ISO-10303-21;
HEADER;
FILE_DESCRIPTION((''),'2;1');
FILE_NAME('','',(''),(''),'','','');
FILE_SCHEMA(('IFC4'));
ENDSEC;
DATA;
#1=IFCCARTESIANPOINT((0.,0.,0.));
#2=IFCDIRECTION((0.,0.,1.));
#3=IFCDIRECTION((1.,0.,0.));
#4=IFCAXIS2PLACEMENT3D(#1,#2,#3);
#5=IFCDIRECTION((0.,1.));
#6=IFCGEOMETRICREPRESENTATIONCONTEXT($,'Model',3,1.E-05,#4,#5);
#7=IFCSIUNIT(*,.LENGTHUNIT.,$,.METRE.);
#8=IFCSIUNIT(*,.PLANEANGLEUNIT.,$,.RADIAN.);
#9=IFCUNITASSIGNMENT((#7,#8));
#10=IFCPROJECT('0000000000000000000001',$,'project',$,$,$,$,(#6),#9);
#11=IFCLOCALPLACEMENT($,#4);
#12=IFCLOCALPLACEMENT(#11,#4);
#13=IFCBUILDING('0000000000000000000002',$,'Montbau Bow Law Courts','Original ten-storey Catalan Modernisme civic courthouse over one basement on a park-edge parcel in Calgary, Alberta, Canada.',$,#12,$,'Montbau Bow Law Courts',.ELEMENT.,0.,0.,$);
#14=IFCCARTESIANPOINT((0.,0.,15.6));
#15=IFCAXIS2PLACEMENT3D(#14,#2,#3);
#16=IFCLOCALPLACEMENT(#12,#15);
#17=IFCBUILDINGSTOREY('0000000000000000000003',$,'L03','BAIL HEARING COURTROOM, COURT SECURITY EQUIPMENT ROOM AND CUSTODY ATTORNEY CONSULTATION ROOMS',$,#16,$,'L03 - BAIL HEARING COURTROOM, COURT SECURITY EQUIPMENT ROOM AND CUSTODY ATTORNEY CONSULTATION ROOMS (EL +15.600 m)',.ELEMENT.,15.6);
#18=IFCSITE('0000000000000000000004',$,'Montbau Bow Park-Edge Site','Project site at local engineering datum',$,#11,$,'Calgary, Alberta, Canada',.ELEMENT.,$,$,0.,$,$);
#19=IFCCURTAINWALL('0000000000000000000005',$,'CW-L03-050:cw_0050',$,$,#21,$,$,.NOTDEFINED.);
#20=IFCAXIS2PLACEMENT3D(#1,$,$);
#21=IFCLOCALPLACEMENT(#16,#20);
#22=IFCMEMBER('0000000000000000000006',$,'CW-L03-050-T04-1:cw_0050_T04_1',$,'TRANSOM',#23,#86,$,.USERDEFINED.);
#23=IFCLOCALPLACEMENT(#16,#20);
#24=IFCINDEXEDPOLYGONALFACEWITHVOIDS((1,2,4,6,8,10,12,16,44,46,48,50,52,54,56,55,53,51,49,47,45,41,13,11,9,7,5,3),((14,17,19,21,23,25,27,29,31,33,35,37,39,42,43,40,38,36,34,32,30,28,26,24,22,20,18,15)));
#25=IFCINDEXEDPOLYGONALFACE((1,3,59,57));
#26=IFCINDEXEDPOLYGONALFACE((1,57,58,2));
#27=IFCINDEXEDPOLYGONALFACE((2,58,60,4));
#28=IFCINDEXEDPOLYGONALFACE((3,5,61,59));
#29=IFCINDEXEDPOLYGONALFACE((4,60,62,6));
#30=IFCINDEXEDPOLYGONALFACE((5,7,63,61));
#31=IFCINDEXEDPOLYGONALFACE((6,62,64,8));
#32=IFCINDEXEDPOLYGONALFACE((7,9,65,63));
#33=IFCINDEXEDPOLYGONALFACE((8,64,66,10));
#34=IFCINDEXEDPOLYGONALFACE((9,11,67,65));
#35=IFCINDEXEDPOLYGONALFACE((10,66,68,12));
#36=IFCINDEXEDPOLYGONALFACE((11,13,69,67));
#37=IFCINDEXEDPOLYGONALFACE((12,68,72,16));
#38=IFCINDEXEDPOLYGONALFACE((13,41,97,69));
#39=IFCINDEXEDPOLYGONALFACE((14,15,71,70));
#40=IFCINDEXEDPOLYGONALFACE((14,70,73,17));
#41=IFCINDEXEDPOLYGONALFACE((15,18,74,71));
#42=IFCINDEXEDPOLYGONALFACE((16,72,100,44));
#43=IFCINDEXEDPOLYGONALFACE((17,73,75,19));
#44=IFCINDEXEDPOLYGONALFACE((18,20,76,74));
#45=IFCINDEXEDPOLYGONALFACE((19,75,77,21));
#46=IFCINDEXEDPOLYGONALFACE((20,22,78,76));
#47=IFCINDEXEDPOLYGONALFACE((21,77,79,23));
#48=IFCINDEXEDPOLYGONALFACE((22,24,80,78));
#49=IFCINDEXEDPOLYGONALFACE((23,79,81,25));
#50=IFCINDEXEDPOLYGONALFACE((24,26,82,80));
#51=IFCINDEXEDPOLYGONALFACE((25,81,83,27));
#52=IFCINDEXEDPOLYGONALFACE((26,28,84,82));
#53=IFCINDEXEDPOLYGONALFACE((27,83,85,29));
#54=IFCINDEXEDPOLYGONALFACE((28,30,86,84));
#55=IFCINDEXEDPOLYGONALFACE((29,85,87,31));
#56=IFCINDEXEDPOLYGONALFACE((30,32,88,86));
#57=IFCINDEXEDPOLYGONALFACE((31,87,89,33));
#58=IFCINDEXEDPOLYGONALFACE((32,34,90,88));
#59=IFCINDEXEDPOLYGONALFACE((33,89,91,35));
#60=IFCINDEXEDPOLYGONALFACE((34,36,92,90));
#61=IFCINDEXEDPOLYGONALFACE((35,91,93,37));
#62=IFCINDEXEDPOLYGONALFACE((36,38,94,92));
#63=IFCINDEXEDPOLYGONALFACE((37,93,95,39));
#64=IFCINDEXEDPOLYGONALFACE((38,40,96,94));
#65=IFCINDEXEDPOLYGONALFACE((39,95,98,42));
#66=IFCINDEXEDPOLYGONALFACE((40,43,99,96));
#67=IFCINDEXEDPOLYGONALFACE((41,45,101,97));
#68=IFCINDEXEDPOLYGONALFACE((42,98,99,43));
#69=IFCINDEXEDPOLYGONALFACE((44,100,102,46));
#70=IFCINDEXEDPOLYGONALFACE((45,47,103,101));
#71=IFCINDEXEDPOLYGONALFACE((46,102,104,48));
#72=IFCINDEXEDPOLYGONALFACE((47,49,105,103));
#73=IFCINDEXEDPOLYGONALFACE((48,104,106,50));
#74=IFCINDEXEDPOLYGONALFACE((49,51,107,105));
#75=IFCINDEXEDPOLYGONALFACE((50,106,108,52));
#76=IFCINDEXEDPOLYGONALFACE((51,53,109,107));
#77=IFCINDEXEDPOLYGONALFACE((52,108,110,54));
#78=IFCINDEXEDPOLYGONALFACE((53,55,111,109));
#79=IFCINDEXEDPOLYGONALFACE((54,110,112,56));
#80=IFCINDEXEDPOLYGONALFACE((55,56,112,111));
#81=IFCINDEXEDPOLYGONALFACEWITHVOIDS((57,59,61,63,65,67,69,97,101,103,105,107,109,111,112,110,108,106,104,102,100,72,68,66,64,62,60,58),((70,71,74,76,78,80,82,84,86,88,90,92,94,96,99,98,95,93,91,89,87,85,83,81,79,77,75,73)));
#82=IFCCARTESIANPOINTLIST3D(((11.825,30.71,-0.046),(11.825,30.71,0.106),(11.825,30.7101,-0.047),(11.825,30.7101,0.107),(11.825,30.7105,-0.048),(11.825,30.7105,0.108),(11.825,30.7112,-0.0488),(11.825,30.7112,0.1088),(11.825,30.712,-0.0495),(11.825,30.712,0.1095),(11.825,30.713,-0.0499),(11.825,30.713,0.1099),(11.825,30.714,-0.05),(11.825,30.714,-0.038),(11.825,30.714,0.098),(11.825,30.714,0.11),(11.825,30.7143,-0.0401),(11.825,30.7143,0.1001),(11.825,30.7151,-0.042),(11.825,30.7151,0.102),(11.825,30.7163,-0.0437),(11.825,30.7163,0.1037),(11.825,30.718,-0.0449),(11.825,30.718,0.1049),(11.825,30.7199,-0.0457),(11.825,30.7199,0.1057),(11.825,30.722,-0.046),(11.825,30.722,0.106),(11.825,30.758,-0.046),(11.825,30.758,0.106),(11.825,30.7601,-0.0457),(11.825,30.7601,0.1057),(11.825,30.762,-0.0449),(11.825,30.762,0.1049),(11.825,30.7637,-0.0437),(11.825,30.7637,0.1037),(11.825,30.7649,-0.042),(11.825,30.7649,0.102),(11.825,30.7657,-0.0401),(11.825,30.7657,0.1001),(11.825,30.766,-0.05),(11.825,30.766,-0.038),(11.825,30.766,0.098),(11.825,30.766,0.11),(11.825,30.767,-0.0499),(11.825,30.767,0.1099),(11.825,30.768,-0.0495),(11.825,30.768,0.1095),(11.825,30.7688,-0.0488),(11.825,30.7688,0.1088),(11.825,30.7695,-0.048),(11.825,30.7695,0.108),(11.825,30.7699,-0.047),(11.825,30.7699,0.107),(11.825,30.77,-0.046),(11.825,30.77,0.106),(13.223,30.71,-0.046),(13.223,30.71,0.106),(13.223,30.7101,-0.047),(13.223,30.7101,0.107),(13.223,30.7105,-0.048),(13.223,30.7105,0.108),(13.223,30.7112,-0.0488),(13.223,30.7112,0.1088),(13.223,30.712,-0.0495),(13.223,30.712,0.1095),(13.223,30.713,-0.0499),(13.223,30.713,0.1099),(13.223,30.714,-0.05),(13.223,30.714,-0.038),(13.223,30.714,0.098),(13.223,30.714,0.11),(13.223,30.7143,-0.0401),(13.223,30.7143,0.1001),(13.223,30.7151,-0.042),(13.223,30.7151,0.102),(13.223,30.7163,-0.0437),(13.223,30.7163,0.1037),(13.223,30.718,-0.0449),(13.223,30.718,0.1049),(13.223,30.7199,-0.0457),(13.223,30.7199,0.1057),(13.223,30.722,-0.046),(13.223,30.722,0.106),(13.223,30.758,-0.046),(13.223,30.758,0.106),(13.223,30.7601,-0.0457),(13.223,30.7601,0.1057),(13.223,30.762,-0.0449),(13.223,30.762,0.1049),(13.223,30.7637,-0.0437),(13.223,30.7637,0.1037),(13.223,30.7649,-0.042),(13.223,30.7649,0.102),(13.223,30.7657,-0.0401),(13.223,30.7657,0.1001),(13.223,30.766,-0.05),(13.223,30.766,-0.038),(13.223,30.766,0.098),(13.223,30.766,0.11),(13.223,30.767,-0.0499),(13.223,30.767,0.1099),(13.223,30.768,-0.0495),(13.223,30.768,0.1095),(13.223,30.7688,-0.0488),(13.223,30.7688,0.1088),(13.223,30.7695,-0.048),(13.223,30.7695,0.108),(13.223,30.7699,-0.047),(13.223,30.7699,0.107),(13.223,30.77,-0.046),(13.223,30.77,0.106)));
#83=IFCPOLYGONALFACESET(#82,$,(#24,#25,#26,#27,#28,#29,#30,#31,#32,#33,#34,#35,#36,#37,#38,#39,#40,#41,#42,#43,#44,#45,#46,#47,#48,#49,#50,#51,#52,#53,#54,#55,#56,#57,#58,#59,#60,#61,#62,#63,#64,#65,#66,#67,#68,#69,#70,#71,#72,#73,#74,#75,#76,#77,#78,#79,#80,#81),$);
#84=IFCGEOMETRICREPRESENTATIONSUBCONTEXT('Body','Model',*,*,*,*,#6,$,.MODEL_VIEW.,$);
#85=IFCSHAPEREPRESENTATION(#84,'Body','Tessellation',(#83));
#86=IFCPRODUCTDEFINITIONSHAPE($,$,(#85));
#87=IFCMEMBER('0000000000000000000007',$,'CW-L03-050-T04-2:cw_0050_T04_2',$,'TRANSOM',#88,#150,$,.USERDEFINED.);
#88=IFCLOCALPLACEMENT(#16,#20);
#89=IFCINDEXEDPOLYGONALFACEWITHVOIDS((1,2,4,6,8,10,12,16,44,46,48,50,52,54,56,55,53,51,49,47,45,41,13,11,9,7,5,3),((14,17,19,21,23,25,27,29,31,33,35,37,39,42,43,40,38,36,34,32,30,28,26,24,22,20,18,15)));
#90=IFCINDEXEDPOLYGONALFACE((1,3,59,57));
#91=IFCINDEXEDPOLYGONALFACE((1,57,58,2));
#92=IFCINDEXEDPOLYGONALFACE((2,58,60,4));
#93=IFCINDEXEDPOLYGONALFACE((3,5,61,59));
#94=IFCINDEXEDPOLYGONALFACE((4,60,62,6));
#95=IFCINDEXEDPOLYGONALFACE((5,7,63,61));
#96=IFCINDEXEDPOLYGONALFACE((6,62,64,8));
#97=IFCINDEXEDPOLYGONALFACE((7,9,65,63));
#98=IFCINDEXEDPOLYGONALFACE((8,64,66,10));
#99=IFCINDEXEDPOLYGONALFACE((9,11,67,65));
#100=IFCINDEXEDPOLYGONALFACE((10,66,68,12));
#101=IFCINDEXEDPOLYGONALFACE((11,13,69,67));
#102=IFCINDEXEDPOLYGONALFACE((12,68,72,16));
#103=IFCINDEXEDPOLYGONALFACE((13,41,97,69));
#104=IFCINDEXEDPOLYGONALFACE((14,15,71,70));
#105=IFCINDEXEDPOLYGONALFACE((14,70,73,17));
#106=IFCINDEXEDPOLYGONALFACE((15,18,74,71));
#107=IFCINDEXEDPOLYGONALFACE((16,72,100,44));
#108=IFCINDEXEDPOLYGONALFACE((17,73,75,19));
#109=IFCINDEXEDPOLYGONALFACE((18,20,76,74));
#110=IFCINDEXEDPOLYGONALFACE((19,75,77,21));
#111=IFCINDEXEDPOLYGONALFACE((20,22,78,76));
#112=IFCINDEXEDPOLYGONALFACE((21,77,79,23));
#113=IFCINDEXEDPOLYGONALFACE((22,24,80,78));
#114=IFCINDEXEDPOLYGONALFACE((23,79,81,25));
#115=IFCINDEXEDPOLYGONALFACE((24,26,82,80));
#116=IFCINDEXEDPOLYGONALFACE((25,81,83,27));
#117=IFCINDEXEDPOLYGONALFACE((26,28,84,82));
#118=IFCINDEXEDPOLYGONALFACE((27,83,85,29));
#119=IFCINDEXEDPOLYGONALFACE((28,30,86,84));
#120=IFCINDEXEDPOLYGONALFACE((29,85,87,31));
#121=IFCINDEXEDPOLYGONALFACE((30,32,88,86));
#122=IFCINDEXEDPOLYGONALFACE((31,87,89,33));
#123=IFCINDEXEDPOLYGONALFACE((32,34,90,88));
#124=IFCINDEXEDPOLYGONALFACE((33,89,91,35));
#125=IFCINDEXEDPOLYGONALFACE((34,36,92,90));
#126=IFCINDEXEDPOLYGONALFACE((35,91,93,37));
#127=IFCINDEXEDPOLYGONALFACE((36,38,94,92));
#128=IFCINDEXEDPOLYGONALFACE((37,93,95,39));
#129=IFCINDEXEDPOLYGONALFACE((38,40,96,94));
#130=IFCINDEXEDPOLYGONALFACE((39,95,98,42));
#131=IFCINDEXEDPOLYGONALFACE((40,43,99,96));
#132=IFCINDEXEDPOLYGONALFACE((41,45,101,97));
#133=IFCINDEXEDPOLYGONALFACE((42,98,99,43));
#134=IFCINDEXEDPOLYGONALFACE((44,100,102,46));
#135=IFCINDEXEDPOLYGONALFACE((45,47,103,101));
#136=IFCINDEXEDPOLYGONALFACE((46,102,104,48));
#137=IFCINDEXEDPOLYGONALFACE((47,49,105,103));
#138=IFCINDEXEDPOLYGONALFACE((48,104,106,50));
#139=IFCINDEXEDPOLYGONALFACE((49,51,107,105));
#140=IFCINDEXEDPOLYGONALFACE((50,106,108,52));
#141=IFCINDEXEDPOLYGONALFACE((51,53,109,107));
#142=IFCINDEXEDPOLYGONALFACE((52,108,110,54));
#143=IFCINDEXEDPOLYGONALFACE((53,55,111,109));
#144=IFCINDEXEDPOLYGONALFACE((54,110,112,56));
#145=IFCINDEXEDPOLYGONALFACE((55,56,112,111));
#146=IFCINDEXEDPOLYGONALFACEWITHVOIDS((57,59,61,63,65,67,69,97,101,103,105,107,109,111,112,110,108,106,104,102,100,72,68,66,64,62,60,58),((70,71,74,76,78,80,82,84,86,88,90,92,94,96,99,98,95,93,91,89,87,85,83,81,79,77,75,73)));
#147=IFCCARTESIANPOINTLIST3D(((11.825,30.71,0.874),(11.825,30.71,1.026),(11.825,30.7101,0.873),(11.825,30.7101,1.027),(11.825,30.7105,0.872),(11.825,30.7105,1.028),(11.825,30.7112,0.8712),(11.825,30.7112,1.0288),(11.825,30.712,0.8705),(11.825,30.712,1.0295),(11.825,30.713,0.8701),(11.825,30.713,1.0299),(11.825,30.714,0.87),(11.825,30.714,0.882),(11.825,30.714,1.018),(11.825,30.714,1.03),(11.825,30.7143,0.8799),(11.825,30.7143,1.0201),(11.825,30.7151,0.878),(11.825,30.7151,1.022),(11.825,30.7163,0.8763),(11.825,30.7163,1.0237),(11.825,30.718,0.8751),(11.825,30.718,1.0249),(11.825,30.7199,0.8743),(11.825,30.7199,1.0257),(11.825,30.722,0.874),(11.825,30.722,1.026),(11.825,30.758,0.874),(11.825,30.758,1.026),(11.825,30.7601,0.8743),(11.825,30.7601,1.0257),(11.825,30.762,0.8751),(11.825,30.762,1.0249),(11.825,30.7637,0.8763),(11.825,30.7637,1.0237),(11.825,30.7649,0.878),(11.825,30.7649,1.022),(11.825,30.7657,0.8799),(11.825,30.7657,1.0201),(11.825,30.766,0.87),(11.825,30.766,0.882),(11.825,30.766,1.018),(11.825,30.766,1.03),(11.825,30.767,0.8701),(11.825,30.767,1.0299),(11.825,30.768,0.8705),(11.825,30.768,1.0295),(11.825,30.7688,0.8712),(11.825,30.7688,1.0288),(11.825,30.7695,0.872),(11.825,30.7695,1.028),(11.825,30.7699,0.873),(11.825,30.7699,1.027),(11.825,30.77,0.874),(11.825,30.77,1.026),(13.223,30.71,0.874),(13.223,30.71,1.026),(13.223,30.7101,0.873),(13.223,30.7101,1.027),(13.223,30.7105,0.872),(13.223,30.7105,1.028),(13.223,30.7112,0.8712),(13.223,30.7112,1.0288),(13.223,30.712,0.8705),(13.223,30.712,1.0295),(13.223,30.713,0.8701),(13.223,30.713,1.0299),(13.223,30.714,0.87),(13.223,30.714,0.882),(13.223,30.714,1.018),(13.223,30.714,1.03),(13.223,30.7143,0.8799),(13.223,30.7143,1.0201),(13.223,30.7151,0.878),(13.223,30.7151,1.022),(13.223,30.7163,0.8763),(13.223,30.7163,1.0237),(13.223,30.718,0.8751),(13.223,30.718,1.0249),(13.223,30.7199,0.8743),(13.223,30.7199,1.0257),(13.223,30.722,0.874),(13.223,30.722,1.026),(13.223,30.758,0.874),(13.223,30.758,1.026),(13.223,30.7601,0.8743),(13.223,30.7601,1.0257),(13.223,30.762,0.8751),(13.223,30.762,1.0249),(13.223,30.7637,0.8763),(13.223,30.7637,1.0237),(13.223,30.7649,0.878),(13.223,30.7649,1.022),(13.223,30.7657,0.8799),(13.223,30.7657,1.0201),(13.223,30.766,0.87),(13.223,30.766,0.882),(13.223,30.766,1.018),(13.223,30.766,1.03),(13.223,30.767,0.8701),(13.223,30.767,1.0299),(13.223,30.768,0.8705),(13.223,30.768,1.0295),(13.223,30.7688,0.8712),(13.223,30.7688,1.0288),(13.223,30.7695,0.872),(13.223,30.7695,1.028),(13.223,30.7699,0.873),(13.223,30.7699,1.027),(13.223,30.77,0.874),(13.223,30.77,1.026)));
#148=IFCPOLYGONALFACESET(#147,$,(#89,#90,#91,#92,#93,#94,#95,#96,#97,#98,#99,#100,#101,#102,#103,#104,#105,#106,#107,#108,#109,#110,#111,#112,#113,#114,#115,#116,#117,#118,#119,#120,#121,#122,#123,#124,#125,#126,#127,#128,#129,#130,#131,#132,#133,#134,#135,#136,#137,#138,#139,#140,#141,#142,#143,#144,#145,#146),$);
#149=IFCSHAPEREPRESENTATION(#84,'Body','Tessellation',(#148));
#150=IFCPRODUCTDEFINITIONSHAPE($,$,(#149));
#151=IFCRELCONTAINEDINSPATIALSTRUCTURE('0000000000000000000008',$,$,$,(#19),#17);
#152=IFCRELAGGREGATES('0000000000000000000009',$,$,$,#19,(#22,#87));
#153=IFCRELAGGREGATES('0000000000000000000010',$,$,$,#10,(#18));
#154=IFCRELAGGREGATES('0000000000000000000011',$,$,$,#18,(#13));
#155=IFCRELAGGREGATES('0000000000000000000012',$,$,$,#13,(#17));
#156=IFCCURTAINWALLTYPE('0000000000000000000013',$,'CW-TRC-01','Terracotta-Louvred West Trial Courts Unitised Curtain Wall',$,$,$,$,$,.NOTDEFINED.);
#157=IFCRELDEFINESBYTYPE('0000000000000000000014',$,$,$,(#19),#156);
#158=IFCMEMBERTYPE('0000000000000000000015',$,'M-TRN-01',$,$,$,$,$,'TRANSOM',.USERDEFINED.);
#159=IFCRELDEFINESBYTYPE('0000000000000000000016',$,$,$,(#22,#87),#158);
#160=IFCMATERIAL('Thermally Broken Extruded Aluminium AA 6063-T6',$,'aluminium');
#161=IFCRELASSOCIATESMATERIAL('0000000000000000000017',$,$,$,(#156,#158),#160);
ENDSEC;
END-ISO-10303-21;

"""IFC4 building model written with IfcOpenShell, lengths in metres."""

from ifc_helpers import new_model, si_unit, direction, frame, origin_with_axes, origin_2d_with_axis, place, context, subcontext, project, spatial, hollow_rectangle, extrude, material, material_profile, profile_set, type_object, element, aggregate, save


model = new_model("IFC4")

# Units and contexts
model_context = context("Model", 3, precision=1e-05, world=origin_with_axes(), true_north=direction((0.0, 1.0)))
body_context = subcontext(model_context, "Body", "Model", "MODEL_VIEW")
ifc_project = project(units=[si_unit("LENGTHUNIT", "METRE"), si_unit("PLANEANGLEUNIT", "RADIAN")], contexts=[model_context])

# Site, building, storey
site_placement = place(None, origin_with_axes())
site = spatial("IfcSite", under=ifc_project, at=site_placement, Name="Montbau Bow Park-Edge Site", Description="Project site at local engineering datum", LongName="Calgary, Alberta, Canada", CompositionType="ELEMENT", RefElevation=0.0)
building_placement = place(site_placement, origin_with_axes())
building = spatial("IfcBuilding", under=site, at=building_placement, Name="Montbau Bow Law Courts", Description="Original ten-storey Catalan Modernisme civic courthouse over one basement on a park-edge parcel in Calgary, Alberta, Canada.", LongName="Montbau Bow Law Courts", CompositionType="ELEMENT", ElevationOfRefHeight=0.0, ElevationOfTerrain=0.0)
storey_placement = place(building_placement, frame((0.0, 0.0, 15.6), z_axis=(0.0, 0.0, 1.0), x_axis=(1.0, 0.0, 0.0)))
storey = spatial("IfcBuildingStorey", under=building, at=storey_placement, Name="L03", Description="BAIL HEARING COURTROOM, COURT SECURITY EQUIPMENT ROOM AND CUSTODY ATTORNEY CONSULTATION ROOMS", LongName="L03 - BAIL HEARING COURTROOM, COURT SECURITY EQUIPMENT ROOM AND CUSTODY ATTORNEY CONSULTATION ROOMS (EL +15.600 m)", CompositionType="ELEMENT", Elevation=15.6)

# Curtain wall, members
ifc_material_1 = material(Name="Thermally Broken Extruded Aluminium AA 6063-T6", Category="aluminium")
curtain_wall_type = type_object("IfcCurtainWallType", Name="CW-TRC-01", Description="Terracotta-Louvred West Trial Courts Unitised Curtain Wall", PredefinedType="NOTDEFINED", material=ifc_material_1)
curtain_wall_1_placement = place(None, frame((7.315, 30.74, 15.6), z_axis=(0.0, 0.0, 1.0), x_axis=(1.0, 0.0, 0.0)))
curtain_wall_1 = element("IfcCurtainWall", 1, at=curtain_wall_1_placement, inside=storey, type_object=curtain_wall_type, Name="CW-L03-050:cw_0050", PredefinedType="NOTDEFINED")
ifc_material_profile_1 = material_profile(ifc_material_1, hollow_rectangle(XDim=0.06, YDim=0.16, WallThickness=0.004, InnerFilletRadius=0.008, OuterFilletRadius=0.004, at=origin_2d_with_axis()), Name="CWT-160X60", Category="Main", Priority=0)
ifc_profile_set_1 = profile_set([ifc_material_profile_1], Name="Thermally Broken Extruded Aluminium AA 6063-T6")
member_type_1 = type_object("IfcMemberType", Name="M-TRN-01", ElementType="TRANSOM", PredefinedType="USERDEFINED", material=ifc_profile_set_1)
member_1_placement = place(None, frame((11.825, 30.74, 15.63), z_axis=(1.0, 0.0, 0.0), x_axis=(0.0, 1.0, 0.0)))
member_1 = element("IfcMember", 2, at=member_1_placement, type_object=member_type_1, Name="CW-L03-050-T04-1:cw_0050_T04_1", ObjectType="TRANSOM", PredefinedType="USERDEFINED", context=body_context, shape_type="SweptSolid", body=[
    extrude(hollow_rectangle(XDim=0.06, YDim=0.16, WallThickness=0.004, InnerFilletRadius=0.008, OuterFilletRadius=0.004, at=origin_2d_with_axis()), origin_with_axes(), (0.0, 0.0, 1.0), 1.398),
])
member_2_placement = place(None, frame((11.825, 30.74, 16.55), z_axis=(1.0, 0.0, 0.0), x_axis=(0.0, 1.0, 0.0)))
member_2 = element("IfcMember", 3, at=member_2_placement, type_object=member_type_1, Name="CW-L03-050-T04-2:cw_0050_T04_2", ObjectType="TRANSOM", PredefinedType="USERDEFINED", context=body_context, shape_type="SweptSolid", body=[
    extrude(hollow_rectangle(XDim=0.06, YDim=0.16, WallThickness=0.004, InnerFilletRadius=0.008, OuterFilletRadius=0.004, at=origin_2d_with_axis()), origin_with_axes(), (0.0, 0.0, 1.0), 1.398),
])
aggregate(curtain_wall_1, [member_1, member_2])

save(model, "model.ifc")
